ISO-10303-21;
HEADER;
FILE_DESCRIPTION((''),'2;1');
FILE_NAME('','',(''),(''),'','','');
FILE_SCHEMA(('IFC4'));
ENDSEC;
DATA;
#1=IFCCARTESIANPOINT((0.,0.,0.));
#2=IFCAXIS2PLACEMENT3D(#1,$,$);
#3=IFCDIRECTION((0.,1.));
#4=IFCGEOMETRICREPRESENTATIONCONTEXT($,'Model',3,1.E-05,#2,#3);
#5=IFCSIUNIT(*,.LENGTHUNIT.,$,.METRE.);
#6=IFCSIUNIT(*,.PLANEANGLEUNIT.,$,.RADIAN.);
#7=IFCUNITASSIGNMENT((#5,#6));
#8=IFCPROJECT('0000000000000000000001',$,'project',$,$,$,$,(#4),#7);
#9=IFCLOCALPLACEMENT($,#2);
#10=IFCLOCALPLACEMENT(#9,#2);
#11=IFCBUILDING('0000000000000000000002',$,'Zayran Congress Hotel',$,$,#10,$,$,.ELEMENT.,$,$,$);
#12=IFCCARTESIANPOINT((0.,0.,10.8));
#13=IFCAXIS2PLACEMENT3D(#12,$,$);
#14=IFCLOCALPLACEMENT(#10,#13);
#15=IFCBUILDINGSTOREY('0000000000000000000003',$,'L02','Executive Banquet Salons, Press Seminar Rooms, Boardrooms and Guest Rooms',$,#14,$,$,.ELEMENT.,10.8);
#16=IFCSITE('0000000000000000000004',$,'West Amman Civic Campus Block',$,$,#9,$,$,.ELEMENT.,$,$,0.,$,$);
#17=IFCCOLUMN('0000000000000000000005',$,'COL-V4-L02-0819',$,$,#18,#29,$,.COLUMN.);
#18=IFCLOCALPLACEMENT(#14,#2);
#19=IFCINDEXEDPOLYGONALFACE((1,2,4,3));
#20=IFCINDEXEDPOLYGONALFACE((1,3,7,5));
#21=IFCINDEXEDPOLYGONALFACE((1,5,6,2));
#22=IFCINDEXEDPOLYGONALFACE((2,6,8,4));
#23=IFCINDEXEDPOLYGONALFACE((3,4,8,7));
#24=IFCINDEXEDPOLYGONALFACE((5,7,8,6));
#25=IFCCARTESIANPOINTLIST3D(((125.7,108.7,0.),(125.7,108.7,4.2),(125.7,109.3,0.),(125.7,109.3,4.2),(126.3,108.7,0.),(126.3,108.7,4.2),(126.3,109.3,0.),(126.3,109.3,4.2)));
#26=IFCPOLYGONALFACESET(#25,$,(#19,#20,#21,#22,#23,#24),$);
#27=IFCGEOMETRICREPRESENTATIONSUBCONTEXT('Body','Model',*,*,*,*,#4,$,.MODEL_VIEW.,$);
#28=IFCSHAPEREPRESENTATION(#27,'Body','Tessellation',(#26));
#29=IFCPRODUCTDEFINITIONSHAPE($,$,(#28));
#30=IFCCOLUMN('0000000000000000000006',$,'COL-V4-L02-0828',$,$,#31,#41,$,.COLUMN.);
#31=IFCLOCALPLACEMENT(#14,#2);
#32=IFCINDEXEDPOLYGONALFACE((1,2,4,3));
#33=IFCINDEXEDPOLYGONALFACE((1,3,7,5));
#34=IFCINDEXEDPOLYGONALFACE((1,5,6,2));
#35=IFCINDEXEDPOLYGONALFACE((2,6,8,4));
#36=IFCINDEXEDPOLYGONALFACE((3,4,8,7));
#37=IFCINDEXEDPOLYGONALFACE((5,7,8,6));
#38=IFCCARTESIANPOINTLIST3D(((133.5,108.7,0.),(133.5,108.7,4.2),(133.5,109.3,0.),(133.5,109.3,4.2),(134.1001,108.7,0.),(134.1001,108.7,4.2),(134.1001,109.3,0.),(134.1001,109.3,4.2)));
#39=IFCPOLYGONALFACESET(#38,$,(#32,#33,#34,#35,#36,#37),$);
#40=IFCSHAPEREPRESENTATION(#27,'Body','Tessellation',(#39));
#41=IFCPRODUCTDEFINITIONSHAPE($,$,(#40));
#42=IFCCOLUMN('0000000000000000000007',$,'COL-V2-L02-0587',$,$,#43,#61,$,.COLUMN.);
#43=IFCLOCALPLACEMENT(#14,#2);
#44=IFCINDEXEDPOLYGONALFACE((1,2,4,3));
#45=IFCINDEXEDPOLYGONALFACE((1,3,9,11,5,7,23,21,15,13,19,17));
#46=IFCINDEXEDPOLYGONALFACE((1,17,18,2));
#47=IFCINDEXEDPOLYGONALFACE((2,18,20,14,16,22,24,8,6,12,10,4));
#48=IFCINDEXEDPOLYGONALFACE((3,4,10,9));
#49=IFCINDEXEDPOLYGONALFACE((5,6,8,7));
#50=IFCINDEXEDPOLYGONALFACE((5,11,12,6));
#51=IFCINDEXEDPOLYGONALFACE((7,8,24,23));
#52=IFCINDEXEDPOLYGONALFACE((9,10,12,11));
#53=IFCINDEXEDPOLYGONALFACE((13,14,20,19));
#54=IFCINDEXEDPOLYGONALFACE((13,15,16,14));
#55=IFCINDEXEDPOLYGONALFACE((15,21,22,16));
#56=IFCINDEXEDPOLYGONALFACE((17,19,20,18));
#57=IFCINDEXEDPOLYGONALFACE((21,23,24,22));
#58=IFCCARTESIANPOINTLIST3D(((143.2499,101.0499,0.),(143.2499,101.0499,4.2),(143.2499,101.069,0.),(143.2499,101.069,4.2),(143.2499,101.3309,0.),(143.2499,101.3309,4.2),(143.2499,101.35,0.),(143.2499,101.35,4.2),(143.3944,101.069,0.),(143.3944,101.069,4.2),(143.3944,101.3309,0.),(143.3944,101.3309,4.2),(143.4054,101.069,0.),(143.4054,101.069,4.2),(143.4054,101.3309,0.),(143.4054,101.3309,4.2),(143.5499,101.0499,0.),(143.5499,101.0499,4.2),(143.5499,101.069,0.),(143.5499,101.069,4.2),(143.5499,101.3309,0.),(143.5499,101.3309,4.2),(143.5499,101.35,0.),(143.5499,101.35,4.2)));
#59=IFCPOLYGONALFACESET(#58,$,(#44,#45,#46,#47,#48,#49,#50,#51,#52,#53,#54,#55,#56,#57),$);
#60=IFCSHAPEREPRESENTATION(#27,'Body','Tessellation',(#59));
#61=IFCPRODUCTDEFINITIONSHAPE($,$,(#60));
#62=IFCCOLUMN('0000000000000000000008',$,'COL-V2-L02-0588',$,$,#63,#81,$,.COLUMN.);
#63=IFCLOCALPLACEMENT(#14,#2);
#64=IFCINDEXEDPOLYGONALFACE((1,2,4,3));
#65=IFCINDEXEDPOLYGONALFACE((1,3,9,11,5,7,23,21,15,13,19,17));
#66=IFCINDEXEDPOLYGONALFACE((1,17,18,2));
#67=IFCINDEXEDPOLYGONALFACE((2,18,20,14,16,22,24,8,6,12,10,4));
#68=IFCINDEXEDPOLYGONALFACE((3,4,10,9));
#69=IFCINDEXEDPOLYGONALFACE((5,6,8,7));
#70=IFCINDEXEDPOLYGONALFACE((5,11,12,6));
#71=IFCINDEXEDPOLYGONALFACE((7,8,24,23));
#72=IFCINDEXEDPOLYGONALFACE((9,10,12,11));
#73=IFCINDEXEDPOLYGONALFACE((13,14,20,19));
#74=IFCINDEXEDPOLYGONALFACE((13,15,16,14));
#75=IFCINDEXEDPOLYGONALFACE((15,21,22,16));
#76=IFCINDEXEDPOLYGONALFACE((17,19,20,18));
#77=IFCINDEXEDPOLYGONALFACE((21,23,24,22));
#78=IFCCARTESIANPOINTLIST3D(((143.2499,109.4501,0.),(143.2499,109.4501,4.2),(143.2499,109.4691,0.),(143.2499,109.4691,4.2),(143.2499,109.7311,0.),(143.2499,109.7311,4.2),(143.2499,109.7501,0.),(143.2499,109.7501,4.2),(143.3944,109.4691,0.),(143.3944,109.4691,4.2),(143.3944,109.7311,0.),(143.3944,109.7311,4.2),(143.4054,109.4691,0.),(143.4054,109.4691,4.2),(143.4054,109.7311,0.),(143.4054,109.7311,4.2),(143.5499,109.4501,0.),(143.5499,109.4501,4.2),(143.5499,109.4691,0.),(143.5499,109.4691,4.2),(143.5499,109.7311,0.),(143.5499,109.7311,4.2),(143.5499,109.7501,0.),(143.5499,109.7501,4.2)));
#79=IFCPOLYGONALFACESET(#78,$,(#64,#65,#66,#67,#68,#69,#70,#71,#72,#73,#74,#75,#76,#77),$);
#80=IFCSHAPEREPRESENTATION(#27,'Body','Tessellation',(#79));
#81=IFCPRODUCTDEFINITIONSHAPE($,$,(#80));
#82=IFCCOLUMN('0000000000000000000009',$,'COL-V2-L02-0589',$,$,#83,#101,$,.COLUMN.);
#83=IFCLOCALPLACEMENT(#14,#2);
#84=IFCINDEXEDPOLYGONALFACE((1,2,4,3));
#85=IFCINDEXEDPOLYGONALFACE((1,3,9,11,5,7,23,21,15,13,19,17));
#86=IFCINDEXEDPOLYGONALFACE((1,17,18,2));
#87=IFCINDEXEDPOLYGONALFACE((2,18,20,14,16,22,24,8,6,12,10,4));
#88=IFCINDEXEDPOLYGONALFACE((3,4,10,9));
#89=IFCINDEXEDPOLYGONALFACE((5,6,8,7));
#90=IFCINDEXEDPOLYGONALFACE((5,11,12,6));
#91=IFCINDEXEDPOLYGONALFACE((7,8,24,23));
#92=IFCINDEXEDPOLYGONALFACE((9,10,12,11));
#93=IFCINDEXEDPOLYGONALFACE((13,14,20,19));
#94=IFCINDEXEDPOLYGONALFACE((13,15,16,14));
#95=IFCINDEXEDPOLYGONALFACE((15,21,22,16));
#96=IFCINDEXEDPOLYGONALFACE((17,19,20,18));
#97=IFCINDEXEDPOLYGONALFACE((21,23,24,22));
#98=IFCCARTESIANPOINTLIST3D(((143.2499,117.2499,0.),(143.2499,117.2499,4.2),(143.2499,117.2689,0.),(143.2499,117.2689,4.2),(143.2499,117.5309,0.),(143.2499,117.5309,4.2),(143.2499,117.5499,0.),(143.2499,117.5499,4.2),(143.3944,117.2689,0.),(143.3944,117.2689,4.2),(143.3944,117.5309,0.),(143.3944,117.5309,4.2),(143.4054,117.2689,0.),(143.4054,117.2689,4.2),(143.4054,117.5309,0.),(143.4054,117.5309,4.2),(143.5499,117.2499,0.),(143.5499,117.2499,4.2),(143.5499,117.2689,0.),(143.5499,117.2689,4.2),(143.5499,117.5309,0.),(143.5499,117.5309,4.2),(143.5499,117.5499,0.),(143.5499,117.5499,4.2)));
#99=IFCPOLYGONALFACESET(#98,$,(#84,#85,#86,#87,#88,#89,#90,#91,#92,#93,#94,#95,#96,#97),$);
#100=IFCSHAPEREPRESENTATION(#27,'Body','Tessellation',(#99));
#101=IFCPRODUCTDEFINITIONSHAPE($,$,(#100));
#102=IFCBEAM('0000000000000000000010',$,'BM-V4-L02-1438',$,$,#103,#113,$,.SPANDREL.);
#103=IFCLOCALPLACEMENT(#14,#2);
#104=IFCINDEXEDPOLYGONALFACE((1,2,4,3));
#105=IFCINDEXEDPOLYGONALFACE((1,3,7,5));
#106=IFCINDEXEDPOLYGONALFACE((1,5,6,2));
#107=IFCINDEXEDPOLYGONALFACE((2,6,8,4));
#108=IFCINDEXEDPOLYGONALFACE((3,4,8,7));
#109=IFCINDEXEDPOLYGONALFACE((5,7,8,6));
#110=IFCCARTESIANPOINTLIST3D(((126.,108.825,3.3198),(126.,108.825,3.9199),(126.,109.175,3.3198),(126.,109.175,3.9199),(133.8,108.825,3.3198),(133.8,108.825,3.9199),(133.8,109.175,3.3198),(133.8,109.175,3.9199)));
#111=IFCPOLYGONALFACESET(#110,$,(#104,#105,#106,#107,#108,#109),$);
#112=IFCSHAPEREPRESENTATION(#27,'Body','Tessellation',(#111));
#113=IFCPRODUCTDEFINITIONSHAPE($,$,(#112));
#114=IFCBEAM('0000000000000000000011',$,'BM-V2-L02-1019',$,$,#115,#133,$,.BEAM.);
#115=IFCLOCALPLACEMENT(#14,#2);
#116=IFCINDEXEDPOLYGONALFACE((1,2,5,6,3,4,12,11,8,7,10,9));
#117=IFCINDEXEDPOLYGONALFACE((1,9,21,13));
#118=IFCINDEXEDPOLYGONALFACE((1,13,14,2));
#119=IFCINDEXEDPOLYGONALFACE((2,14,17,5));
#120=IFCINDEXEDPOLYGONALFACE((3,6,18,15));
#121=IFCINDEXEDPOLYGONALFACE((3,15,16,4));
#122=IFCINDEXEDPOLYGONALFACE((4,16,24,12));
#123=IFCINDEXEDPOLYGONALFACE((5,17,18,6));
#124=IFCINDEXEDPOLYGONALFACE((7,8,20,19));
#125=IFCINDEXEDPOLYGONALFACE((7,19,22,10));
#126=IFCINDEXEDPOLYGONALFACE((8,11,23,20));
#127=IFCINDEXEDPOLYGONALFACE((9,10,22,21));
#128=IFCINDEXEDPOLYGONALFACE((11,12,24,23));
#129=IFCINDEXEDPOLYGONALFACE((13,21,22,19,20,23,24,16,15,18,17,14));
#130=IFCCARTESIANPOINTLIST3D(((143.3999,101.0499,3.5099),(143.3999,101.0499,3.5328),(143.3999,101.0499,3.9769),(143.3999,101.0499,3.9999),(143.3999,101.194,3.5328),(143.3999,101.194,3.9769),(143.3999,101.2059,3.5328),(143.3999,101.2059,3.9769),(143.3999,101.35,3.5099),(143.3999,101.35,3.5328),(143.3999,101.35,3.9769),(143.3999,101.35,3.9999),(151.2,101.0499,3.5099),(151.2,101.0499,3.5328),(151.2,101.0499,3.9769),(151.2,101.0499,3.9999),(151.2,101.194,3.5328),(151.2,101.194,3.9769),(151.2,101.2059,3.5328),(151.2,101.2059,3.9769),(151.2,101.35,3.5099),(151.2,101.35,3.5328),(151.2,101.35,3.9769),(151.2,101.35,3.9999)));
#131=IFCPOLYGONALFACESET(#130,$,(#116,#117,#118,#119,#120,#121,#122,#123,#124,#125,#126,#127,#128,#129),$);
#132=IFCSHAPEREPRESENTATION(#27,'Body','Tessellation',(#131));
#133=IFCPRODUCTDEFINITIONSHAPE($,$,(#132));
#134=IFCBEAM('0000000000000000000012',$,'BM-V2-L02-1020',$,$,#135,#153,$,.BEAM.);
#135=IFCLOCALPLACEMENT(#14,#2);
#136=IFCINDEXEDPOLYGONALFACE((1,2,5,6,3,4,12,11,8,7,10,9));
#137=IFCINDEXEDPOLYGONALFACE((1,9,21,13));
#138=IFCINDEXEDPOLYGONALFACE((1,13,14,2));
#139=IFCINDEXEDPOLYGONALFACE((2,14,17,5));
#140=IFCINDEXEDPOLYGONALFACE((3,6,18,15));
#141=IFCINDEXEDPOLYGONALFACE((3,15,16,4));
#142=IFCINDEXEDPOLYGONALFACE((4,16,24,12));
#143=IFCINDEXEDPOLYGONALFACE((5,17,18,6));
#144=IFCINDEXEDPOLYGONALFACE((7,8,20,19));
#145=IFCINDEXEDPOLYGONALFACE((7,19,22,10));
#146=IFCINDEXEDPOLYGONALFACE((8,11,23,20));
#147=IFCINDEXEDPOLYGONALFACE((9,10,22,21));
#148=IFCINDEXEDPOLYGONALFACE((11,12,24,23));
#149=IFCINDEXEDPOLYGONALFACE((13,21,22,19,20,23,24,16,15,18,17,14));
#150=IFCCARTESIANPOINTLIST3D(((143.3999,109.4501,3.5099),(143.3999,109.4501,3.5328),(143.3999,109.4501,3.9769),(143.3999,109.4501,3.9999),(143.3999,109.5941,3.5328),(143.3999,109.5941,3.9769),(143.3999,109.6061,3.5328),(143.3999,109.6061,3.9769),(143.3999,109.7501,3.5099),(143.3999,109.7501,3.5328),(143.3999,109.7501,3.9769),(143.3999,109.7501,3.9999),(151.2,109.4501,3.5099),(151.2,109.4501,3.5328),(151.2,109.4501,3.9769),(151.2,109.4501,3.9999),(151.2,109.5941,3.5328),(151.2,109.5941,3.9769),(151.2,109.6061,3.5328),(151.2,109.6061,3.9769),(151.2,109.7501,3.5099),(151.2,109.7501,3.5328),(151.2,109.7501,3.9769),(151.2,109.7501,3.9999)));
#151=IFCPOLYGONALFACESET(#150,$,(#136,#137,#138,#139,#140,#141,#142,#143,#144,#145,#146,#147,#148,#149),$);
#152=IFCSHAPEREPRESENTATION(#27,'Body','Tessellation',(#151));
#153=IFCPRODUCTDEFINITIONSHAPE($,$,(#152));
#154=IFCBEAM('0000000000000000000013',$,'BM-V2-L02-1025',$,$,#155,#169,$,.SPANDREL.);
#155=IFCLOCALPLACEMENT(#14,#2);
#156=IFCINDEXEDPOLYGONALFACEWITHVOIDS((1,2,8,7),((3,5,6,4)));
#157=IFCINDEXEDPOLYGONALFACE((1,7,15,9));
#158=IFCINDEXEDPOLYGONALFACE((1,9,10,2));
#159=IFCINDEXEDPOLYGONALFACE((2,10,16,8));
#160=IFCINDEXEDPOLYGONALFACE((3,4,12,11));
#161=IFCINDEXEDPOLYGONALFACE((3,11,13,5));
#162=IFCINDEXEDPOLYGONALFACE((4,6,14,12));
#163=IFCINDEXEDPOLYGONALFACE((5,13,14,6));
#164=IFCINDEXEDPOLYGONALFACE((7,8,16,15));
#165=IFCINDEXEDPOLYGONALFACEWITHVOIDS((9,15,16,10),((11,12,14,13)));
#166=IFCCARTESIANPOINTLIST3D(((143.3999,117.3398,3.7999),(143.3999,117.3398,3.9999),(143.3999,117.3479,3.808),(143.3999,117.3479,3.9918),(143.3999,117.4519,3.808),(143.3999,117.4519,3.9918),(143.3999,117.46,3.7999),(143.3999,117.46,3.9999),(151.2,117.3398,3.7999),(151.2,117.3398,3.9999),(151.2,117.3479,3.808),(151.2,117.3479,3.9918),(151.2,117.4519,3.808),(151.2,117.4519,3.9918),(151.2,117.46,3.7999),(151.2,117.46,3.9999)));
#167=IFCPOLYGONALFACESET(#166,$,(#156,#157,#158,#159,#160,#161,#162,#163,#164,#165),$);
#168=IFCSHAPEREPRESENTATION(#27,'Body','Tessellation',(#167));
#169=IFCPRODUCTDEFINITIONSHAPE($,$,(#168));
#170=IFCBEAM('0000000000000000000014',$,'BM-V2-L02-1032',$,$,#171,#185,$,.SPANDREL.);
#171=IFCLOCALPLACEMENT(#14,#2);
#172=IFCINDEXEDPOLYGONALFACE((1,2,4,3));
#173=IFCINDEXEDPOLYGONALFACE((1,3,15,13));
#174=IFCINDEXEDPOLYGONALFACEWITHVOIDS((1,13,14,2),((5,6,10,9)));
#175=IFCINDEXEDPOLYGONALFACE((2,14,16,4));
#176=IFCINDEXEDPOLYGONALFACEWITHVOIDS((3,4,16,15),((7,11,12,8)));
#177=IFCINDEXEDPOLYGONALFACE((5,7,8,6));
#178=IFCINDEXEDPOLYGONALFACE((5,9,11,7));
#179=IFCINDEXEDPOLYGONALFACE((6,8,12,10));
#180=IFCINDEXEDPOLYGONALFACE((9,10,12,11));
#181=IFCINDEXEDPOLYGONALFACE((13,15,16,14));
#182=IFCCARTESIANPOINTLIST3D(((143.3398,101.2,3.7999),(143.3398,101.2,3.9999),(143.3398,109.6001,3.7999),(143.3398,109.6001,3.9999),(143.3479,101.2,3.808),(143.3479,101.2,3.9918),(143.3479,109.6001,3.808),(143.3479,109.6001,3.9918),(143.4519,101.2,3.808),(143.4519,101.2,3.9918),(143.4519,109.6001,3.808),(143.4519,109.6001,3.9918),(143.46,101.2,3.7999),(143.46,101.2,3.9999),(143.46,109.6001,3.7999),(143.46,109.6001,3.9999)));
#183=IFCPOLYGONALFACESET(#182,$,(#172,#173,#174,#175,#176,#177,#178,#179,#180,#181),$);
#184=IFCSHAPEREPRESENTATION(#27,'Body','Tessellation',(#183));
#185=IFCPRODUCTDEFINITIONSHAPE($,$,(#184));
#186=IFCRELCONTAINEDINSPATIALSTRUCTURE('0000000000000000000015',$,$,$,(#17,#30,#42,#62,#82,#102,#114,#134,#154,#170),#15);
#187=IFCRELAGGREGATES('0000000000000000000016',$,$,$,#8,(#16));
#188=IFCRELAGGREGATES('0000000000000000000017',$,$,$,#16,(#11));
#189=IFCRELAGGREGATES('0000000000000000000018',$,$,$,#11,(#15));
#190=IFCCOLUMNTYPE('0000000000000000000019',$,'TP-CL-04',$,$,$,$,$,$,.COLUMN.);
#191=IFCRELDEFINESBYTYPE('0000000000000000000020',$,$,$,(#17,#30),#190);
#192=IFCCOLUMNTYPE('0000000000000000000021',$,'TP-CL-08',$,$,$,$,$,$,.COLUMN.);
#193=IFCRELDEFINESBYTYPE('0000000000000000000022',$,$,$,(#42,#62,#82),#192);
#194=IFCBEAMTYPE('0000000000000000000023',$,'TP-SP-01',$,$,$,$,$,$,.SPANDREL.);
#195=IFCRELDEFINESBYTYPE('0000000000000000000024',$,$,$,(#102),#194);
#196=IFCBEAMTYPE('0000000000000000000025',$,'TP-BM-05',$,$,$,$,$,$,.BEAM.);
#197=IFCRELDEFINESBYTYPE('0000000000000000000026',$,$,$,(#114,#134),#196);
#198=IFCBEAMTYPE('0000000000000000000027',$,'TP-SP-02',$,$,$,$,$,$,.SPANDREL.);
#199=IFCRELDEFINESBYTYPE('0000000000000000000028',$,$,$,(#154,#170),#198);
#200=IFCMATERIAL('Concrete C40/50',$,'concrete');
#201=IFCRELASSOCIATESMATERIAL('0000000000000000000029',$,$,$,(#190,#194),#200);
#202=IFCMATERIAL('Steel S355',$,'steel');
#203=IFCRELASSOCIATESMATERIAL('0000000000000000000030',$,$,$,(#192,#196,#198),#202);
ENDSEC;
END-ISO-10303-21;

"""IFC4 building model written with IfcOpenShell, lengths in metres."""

from ifc_helpers import new_model, si_unit, direction, frame, origin, origin_2d, place, context, subcontext, project, spatial, rectangle, hollow_rectangle, i_section, extrude, material, material_profile, profile_set, type_object, element, save


model = new_model("IFC4")

# Units and contexts
model_context = context("Model", 3, precision=1e-05, world=origin(), true_north=direction((0.0, 1.0)))
body_context = subcontext(model_context, "Body", "Model", "MODEL_VIEW")
ifc_project = project(units=[si_unit("LENGTHUNIT", "METRE"), si_unit("PLANEANGLEUNIT", "RADIAN")], contexts=[model_context])

# Site, building, storey
site_placement = place(None, origin())
site = spatial("IfcSite", under=ifc_project, at=site_placement, Name="West Amman Civic Campus Block", CompositionType="ELEMENT", RefElevation=0.0)
building_placement = place(site_placement, origin())
building = spatial("IfcBuilding", under=site, at=building_placement, Name="Zayran Congress Hotel", CompositionType="ELEMENT")
storey_placement = place(building_placement, frame((0.0, 0.0, 10.8)))
storey = spatial("IfcBuildingStorey", under=building, at=storey_placement, Name="L02", Description="Executive Banquet Salons, Press Seminar Rooms, Boardrooms and Guest Rooms", CompositionType="ELEMENT", Elevation=10.8)

# Columns
ifc_material_1 = material(Name="Concrete C40/50", Category="concrete")
ifc_material_profile_1 = material_profile(ifc_material_1, rectangle(XDim=0.6001, YDim=0.6001, at=origin_2d()), Name="RC 600x600")
ifc_profile_set_1 = profile_set([ifc_material_profile_1], Name="Concrete C40/50")
column_type_1 = type_object("IfcColumnType", Name="TP-CL-04", PredefinedType="COLUMN", material=ifc_profile_set_1)
for number, where, z_axis, x_axis, name in (
    (1, (126.0, 109.0, 0.0), (0.0, 0.0, 1.0), (1.0, 0.0, 0.0), "COL-V4-L02-0819"),
    (2, (133.8, 109.0, 0.0), (0.0, 0.0, 1.0), (1.0, 0.0, 0.0), "COL-V4-L02-0828"),
):
    element("IfcColumn", number, at=place(storey_placement, frame(where, z_axis=z_axis, x_axis=x_axis)), inside=storey, type_object=column_type_1, Name=name, PredefinedType="COLUMN", context=body_context, shape_type="SweptSolid", body=[
        extrude(rectangle(XDim=0.6001, YDim=0.6001, at=origin_2d()), origin(), (0.0, 0.0, 1.0), 4.2),
    ])
ifc_material_2 = material(Name="Steel S355", Category="steel")
ifc_material_profile_2 = material_profile(ifc_material_2, i_section(OverallWidth=0.3, OverallDepth=0.3, WebThickness=0.011, FlangeThickness=0.019, at=origin_2d()), Name="HEB 300")
ifc_profile_set_2 = profile_set([ifc_material_profile_2], Name="Steel S355")
column_type_2 = type_object("IfcColumnType", Name="TP-CL-08", PredefinedType="COLUMN", material=ifc_profile_set_2)
for number, where, z_axis, x_axis, name in (
    (3, (143.3999, 101.2, 0.0), (0.0, 0.0, 1.0), (1.0, 0.0, 0.0), "COL-V2-L02-0587"),
    (4, (143.3999, 109.6001, 0.0), (0.0, 0.0, 1.0), (1.0, 0.0, 0.0), "COL-V2-L02-0588"),
    (5, (143.3999, 117.3999, 0.0), (0.0, 0.0, 1.0), (1.0, 0.0, 0.0), "COL-V2-L02-0589"),
):
    element("IfcColumn", number, at=place(storey_placement, frame(where, z_axis=z_axis, x_axis=x_axis)), inside=storey, type_object=column_type_2, Name=name, PredefinedType="COLUMN", context=body_context, shape_type="SweptSolid", body=[
        extrude(i_section(OverallWidth=0.3, OverallDepth=0.3, WebThickness=0.011, FlangeThickness=0.019, at=origin_2d()), origin(), (0.0, 0.0, 1.0), 4.2),
    ])

# Beams
ifc_material_profile_3 = material_profile(ifc_material_1, rectangle(XDim=0.3501, YDim=0.6001, at=origin_2d()), Name="RC 350x600")
ifc_profile_set_3 = profile_set([ifc_material_profile_3], Name="Concrete C40/50")
beam_type_1 = type_object("IfcBeamType", Name="TP-SP-01", PredefinedType="SPANDREL", material=ifc_profile_set_3)
beam_1_placement = place(storey_placement, frame((126.0, 109.0, 3.6199), z_axis=(1.0, 0.0, 0.0), x_axis=(0.0, 1.0, 0.0)))
element("IfcBeam", 6, at=beam_1_placement, inside=storey, type_object=beam_type_1, Name="BM-V4-L02-1438", PredefinedType="SPANDREL", context=body_context, shape_type="SweptSolid", body=[
    extrude(rectangle(XDim=0.3501, YDim=0.6001, at=origin_2d()), origin(), (0.0, 0.0, 1.0), 7.8),
])
ifc_material_profile_4 = material_profile(ifc_material_2, i_section(OverallWidth=0.3, OverallDepth=0.49, WebThickness=0.012, FlangeThickness=0.0229, at=origin_2d()), Name="HEA 500")
ifc_profile_set_4 = profile_set([ifc_material_profile_4], Name="Steel S355")
beam_type_2 = type_object("IfcBeamType", Name="TP-BM-05", PredefinedType="BEAM", material=ifc_profile_set_4)
for number, where, z_axis, x_axis, name in (
    (7, (143.3999, 101.2, 3.7549), (1.0, 0.0, 0.0), (0.0, 1.0, 0.0), "BM-V2-L02-1019"),
    (8, (143.3999, 109.6001, 3.7549), (1.0, 0.0, 0.0), (0.0, 1.0, 0.0), "BM-V2-L02-1020"),
):
    element("IfcBeam", number, at=place(storey_placement, frame(where, z_axis=z_axis, x_axis=x_axis)), inside=storey, type_object=beam_type_2, Name=name, PredefinedType="BEAM", context=body_context, shape_type="SweptSolid", body=[
        extrude(i_section(OverallWidth=0.3, OverallDepth=0.49, WebThickness=0.012, FlangeThickness=0.0229, at=origin_2d()), origin(), (0.0, 0.0, 1.0), 7.8),
    ])
ifc_material_profile_5 = material_profile(ifc_material_2, hollow_rectangle(XDim=0.1201, YDim=0.2, WallThickness=0.0081, at=origin_2d()), Name="RHS 200x120x8")
ifc_profile_set_5 = profile_set([ifc_material_profile_5], Name="Steel S355")
beam_type_3 = type_object("IfcBeamType", Name="TP-SP-02", PredefinedType="SPANDREL", material=ifc_profile_set_5)
beam_2_placement = place(storey_placement, frame((143.3999, 117.3999, 3.8999), z_axis=(1.0, 0.0, 0.0), x_axis=(0.0, 1.0, 0.0)))
element("IfcBeam", 9, at=beam_2_placement, inside=storey, type_object=beam_type_3, Name="BM-V2-L02-1025", PredefinedType="SPANDREL", context=body_context, shape_type="SweptSolid", body=[
    extrude(hollow_rectangle(XDim=0.1201, YDim=0.2, WallThickness=0.0081, at=origin_2d()), origin(), (0.0, 0.0, 1.0), 7.8),
])
beam_3_placement = place(storey_placement, frame((143.3999, 101.2, 3.8999), z_axis=(0.0, 1.0, 0.0), x_axis=(-1.0, 0.0, 0.0)))
element("IfcBeam", 10, at=beam_3_placement, inside=storey, type_object=beam_type_3, Name="BM-V2-L02-1032", PredefinedType="SPANDREL", context=body_context, shape_type="SweptSolid", body=[
    extrude(hollow_rectangle(XDim=0.1201, YDim=0.2, WallThickness=0.0081, at=origin_2d()), origin(), (0.0, 0.0, 1.0), 8.4001),
])

save(model, "model.ifc")
